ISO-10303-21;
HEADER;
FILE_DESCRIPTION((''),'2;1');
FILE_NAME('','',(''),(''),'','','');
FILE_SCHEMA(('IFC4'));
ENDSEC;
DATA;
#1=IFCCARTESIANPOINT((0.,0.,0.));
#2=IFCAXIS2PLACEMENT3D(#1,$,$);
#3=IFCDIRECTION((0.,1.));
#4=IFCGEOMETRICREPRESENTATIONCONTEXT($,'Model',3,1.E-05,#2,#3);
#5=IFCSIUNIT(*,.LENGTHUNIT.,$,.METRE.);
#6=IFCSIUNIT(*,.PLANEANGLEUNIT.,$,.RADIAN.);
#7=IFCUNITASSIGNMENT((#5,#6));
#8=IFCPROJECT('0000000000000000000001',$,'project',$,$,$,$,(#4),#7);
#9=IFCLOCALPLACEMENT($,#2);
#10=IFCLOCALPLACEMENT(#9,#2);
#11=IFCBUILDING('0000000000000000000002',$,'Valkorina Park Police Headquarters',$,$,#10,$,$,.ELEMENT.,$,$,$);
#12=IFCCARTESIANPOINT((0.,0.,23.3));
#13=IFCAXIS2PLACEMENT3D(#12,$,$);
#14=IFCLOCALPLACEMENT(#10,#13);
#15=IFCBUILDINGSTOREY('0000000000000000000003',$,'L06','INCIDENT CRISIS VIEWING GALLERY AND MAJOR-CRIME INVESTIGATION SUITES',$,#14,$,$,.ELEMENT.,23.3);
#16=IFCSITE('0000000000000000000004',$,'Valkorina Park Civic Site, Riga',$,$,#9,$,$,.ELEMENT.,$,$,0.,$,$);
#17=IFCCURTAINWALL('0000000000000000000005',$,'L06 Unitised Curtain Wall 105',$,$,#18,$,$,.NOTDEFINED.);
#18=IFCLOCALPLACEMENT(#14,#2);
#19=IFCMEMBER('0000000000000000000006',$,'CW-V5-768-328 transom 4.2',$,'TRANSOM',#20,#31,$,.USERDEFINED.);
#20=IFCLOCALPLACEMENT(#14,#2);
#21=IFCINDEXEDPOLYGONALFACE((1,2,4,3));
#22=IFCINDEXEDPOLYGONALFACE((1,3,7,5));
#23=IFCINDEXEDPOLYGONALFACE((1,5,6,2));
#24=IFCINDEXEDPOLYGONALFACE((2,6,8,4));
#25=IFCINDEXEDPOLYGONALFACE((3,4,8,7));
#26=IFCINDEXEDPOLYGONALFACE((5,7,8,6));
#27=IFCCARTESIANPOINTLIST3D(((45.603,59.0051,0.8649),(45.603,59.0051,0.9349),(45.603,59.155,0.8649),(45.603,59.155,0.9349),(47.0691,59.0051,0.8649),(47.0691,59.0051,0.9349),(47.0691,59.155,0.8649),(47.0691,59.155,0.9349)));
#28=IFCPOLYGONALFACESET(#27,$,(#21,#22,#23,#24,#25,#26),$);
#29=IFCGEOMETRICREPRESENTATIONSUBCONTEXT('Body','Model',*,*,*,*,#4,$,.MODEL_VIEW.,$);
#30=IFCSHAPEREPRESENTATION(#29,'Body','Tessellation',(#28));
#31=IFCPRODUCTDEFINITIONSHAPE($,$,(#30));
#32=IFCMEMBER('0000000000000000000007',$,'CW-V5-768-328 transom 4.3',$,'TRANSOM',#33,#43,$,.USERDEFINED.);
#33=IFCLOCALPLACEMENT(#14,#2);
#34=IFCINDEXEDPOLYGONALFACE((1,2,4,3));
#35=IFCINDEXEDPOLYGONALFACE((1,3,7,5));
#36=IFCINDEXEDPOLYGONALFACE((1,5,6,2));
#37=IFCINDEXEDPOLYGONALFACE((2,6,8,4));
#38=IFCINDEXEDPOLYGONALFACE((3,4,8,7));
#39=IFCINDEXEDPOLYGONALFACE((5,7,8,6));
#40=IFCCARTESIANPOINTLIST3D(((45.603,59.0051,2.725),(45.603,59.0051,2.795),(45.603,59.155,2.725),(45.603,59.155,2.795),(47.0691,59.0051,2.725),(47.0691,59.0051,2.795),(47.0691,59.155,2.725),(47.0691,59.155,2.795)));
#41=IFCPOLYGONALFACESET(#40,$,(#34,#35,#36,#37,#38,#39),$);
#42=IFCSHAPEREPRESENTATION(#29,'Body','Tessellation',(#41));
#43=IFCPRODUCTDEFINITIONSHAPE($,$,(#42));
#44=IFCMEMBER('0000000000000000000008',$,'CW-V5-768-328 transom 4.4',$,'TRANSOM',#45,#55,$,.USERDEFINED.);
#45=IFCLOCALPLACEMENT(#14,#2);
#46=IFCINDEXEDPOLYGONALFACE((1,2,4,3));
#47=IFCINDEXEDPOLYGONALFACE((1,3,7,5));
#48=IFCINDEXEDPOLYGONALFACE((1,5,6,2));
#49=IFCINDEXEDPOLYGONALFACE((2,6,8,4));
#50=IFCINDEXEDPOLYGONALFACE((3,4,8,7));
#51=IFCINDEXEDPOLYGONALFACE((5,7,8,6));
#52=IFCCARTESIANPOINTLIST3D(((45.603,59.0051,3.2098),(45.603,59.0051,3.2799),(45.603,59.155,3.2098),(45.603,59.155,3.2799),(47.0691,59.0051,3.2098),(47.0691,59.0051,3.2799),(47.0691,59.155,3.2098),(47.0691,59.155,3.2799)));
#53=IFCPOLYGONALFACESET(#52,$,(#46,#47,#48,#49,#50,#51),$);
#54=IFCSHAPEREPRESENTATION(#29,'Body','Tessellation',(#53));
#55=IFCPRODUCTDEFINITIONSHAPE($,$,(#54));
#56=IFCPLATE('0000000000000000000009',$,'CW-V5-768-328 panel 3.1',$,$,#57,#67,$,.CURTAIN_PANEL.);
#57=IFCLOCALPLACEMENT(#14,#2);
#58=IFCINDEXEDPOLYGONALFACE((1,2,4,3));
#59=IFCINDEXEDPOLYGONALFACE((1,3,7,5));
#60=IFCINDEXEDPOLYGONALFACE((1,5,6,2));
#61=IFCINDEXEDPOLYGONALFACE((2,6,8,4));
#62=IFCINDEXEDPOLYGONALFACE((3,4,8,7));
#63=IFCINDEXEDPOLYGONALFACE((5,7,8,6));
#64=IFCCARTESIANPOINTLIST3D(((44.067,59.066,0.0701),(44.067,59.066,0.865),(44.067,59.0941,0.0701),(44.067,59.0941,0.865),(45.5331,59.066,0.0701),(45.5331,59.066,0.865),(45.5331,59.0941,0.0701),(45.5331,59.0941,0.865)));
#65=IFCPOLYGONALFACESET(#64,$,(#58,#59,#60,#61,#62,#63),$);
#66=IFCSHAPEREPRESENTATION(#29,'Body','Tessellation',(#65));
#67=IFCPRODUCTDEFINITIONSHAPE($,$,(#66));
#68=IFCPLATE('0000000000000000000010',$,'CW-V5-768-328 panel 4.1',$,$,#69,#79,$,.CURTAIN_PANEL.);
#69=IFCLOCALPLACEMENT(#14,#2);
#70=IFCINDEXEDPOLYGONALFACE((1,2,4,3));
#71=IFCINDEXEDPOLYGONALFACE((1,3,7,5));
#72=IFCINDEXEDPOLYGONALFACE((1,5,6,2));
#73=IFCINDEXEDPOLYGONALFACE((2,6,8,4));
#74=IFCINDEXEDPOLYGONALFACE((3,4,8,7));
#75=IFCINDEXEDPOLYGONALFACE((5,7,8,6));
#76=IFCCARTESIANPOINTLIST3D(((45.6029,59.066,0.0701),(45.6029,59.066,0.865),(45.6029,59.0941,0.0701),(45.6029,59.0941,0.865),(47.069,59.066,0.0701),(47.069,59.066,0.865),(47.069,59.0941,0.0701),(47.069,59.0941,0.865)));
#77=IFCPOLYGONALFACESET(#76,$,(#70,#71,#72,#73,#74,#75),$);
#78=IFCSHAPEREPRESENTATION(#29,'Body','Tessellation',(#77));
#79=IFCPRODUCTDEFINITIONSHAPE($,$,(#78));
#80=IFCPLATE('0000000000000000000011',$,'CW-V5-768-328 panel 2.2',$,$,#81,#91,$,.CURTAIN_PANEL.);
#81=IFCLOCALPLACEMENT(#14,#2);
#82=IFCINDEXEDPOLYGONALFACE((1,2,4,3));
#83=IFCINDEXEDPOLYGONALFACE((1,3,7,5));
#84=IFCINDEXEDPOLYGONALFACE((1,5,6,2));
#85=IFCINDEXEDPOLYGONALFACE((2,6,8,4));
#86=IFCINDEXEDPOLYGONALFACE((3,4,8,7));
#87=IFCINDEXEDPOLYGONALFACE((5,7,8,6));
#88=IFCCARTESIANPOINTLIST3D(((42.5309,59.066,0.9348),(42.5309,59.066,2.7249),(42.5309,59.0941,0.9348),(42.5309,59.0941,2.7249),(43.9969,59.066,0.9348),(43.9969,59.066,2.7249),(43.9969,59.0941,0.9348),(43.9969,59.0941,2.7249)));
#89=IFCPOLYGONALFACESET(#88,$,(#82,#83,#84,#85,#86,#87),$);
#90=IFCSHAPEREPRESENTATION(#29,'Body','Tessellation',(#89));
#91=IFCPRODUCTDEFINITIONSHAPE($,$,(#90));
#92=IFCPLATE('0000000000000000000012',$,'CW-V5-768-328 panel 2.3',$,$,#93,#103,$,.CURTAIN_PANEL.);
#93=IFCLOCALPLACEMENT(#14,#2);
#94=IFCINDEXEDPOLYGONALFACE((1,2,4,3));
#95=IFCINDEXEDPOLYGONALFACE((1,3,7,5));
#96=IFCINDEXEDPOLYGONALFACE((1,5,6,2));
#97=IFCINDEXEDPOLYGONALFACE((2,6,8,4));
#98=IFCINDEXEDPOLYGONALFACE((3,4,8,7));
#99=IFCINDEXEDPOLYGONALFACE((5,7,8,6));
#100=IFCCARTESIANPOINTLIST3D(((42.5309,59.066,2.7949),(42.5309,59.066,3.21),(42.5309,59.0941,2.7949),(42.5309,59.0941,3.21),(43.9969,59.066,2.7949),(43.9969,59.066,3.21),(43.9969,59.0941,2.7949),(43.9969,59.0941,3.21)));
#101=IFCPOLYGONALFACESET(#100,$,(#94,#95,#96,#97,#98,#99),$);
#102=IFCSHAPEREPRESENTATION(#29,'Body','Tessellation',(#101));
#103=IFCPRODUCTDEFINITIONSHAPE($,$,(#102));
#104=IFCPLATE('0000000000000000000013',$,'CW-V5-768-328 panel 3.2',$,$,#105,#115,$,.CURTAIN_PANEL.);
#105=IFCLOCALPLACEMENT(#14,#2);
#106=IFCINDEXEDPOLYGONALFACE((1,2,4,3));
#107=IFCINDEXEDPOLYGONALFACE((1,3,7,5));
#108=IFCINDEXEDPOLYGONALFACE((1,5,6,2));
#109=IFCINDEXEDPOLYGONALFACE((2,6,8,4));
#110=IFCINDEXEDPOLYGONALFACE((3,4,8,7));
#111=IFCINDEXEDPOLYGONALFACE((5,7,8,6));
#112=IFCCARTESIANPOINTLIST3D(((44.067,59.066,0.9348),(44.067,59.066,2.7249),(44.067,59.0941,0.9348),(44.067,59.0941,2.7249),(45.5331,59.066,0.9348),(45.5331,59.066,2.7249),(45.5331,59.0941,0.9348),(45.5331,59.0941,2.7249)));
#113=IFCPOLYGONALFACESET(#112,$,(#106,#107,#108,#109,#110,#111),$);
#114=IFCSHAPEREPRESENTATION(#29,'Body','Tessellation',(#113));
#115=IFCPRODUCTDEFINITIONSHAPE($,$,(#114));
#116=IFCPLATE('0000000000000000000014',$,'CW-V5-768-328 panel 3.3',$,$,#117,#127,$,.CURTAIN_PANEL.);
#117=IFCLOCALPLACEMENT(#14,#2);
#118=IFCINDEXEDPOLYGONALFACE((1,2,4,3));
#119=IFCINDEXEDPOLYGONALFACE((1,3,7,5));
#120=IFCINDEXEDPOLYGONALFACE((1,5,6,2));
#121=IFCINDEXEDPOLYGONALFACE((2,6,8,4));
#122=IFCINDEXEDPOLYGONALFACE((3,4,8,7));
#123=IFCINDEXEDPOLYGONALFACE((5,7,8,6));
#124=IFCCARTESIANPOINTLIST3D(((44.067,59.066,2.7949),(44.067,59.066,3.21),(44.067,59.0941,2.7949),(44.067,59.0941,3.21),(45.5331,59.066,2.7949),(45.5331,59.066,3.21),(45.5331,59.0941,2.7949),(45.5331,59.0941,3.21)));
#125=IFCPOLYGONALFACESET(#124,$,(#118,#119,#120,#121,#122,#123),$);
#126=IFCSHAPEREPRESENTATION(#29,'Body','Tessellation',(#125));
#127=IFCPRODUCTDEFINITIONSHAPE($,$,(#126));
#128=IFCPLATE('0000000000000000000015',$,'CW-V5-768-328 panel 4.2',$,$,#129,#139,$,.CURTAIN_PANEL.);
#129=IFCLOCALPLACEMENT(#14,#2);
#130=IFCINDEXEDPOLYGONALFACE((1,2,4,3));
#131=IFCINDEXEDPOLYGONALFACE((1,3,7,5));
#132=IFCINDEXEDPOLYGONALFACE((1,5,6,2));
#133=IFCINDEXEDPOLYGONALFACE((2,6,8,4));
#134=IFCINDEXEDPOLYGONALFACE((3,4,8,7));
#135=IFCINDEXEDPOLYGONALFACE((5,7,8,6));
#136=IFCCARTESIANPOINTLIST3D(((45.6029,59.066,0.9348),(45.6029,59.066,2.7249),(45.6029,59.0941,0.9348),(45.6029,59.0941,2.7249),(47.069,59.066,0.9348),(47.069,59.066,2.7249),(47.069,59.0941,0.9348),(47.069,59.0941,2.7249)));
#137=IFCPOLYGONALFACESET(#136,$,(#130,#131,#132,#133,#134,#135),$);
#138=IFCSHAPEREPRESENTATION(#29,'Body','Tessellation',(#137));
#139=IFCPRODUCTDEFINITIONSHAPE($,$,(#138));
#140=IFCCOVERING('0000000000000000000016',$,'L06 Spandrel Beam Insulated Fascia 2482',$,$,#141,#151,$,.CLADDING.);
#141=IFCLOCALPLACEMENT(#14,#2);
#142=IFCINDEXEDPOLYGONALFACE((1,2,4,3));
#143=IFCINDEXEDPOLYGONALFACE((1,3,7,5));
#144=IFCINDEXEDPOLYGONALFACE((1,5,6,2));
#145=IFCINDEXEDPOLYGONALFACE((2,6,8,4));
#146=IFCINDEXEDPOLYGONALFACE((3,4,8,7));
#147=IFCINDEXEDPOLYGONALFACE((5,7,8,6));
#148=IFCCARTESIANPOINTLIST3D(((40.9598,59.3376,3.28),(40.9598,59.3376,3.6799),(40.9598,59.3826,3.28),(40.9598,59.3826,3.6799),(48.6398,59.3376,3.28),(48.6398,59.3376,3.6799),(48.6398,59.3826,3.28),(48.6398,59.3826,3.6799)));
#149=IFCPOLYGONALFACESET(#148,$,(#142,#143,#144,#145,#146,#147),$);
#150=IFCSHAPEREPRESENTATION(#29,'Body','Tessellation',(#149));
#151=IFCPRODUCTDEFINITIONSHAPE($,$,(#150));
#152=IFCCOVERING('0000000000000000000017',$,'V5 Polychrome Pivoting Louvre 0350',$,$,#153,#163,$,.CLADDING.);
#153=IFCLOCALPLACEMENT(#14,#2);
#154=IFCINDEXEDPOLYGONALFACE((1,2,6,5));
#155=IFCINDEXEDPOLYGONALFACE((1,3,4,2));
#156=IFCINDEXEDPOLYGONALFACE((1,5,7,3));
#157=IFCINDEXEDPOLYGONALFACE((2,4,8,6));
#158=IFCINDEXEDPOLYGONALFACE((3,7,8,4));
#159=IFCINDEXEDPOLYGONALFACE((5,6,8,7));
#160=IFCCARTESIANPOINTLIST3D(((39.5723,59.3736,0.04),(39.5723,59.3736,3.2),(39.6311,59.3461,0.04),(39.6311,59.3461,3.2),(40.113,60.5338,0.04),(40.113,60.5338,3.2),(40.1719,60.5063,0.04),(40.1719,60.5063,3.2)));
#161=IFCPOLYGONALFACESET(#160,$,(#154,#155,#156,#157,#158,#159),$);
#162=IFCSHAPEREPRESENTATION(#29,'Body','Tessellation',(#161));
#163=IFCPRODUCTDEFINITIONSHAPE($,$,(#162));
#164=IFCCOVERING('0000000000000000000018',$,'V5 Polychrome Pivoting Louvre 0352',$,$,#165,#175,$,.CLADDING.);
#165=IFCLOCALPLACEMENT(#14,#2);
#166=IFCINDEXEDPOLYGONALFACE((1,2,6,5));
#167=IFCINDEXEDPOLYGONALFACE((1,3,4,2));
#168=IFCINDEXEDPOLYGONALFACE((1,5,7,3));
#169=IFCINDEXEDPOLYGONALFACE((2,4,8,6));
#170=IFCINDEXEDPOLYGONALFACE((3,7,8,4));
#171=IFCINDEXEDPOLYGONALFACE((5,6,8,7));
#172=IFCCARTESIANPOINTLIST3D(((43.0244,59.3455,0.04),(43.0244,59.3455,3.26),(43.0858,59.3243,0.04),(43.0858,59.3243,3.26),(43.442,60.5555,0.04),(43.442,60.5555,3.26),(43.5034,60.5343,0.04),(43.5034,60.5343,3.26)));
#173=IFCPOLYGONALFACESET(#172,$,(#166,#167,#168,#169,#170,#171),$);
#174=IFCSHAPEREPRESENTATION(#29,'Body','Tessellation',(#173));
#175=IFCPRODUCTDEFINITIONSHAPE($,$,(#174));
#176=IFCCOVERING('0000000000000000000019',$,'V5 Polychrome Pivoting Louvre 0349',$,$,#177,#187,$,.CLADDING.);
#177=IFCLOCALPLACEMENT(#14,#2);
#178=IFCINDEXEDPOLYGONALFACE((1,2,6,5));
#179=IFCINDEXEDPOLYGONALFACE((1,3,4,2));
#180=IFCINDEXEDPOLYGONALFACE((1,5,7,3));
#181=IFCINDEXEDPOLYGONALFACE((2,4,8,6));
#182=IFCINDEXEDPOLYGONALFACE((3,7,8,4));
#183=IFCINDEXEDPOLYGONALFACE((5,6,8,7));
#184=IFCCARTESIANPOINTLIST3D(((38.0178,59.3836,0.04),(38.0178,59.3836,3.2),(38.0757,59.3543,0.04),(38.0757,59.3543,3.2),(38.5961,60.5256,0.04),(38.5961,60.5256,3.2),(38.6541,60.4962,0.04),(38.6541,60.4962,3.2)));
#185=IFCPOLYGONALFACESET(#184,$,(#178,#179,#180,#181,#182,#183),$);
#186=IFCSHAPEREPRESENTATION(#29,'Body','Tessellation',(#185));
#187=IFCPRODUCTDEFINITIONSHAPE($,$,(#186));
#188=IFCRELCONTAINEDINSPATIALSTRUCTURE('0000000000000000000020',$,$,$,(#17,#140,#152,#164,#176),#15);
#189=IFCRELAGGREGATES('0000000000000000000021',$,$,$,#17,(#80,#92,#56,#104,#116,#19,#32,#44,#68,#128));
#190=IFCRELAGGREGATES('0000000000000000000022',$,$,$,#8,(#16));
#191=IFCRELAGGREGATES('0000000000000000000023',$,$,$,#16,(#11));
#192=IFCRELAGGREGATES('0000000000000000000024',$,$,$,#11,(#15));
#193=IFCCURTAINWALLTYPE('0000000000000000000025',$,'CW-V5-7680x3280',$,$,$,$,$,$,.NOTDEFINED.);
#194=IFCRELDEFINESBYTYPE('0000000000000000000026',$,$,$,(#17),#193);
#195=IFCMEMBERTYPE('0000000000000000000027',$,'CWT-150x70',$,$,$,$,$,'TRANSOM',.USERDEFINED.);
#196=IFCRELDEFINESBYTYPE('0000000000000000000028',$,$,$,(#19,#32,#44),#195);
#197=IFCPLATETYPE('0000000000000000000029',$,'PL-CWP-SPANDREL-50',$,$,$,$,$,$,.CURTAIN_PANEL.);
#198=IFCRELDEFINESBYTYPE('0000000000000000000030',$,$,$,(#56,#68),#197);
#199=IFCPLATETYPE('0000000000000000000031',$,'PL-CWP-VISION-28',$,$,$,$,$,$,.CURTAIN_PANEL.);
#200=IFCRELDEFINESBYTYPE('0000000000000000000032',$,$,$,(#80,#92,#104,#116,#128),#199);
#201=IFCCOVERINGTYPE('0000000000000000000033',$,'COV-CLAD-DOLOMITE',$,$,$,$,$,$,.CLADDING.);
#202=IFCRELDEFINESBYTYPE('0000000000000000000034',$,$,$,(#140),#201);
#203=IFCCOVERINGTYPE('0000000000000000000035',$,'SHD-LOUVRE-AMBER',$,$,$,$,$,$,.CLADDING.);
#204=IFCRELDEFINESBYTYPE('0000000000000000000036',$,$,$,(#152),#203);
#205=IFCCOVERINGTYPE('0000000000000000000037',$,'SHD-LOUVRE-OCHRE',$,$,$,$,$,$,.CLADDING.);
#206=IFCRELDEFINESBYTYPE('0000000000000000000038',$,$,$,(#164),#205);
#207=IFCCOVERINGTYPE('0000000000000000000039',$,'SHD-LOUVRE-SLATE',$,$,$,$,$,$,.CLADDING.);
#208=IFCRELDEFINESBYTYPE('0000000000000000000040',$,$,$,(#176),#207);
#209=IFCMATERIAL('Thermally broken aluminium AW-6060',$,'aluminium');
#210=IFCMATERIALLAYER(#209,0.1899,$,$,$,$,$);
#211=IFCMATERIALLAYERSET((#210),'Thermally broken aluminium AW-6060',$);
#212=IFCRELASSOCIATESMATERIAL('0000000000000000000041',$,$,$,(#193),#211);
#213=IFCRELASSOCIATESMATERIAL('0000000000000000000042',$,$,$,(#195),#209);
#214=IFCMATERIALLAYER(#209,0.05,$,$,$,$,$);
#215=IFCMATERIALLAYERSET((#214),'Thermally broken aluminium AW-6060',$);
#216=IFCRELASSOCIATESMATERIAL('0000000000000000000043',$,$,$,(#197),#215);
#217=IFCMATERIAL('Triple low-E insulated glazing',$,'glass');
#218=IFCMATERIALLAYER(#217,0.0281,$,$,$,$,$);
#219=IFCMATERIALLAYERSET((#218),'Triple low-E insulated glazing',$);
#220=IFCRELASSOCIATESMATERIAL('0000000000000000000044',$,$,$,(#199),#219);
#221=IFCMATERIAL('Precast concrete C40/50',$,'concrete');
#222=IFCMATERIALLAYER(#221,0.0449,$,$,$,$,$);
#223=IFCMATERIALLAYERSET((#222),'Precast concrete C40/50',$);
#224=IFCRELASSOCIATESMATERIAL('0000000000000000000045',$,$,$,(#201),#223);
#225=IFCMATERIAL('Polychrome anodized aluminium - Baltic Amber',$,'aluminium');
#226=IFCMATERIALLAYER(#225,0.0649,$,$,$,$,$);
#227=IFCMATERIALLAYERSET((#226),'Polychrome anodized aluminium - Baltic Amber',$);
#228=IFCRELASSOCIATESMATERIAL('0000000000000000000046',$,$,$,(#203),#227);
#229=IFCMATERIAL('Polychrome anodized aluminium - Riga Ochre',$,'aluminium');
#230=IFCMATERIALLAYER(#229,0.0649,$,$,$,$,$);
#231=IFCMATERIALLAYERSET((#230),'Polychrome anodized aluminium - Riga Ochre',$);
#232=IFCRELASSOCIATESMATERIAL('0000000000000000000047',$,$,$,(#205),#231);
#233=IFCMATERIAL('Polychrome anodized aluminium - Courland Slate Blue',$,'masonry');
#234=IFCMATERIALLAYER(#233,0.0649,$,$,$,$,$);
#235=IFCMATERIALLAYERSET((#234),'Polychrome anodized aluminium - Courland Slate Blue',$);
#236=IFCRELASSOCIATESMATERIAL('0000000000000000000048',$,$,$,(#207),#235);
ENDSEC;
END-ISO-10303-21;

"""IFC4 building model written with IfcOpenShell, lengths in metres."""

from ifc_helpers import new_model, si_unit, direction, frame, frame_2d, origin, origin_2d, place, context, subcontext, project, spatial, rectangle, extrude, material, layer, layer_set, material_profile, profile_set, type_object, element, aggregate, save


model = new_model("IFC4")

# Units and contexts
model_context = context("Model", 3, precision=1e-05, world=origin(), true_north=direction((0.0, 1.0)))
body_context = subcontext(model_context, "Body", "Model", "MODEL_VIEW")
ifc_project = project(units=[si_unit("LENGTHUNIT", "METRE"), si_unit("PLANEANGLEUNIT", "RADIAN")], contexts=[model_context])

# Site, building, storey
site_placement = place(None, origin())
site = spatial("IfcSite", under=ifc_project, at=site_placement, Name="Valkorina Park Civic Site, Riga", CompositionType="ELEMENT", RefElevation=0.0)
building_placement = place(site_placement, origin())
building = spatial("IfcBuilding", under=site, at=building_placement, Name="Valkorina Park Police Headquarters", CompositionType="ELEMENT")
storey_placement = place(building_placement, frame((0.0, 0.0, 23.3)))
storey = spatial("IfcBuildingStorey", under=building, at=storey_placement, Name="L06", Description="INCIDENT CRISIS VIEWING GALLERY AND MAJOR-CRIME INVESTIGATION SUITES", CompositionType="ELEMENT", Elevation=23.3)

# Curtain wall, members, plates
ifc_material_1 = material(Name="Thermally broken aluminium AW-6060", Category="aluminium")
ifc_layer_1 = layer(ifc_material_1, 0.1899)
ifc_layer_set_1 = layer_set([ifc_layer_1], Name="Thermally broken aluminium AW-6060")
curtain_wall_type = type_object("IfcCurtainWallType", Name="CW-V5-7680x3280", PredefinedType="NOTDEFINED", material=ifc_layer_set_1)
curtain_wall_placement = place(storey_placement, origin())
curtain_wall = element("IfcCurtainWall", 1, at=curtain_wall_placement, inside=storey, type_object=curtain_wall_type, Name="L06 Unitised Curtain Wall 105", PredefinedType="NOTDEFINED")
ifc_material_profile_1 = material_profile(ifc_material_1, rectangle(XDim=0.1499, YDim=0.0701, at=origin_2d()), Name="CWT-02 150x70")
ifc_profile_set_1 = profile_set([ifc_material_profile_1], Name="Thermally broken aluminium AW-6060")
member_type_1 = type_object("IfcMemberType", Name="CWT-150x70", ElementType="TRANSOM", PredefinedType="USERDEFINED", material=ifc_profile_set_1)
member_1_placement = place(storey_placement, frame((45.603, 59.0801, 0.8999), z_axis=(1.0, 0.0, 0.0), x_axis=(0.0, 1.0, 0.0)))
member_1 = element("IfcMember", 2, at=member_1_placement, type_object=member_type_1, Name="CW-V5-768-328 transom 4.2", ObjectType="TRANSOM", PredefinedType="USERDEFINED", context=body_context, shape_type="SweptSolid", body=[
    extrude(rectangle(XDim=0.1499, YDim=0.0701, at=origin_2d()), origin(), (0.0, 0.0, 1.0), 1.4661),
])
member_2_placement = place(storey_placement, frame((45.603, 59.0801, 2.76), z_axis=(1.0, 0.0, 0.0), x_axis=(0.0, 1.0, 0.0)))
member_2 = element("IfcMember", 3, at=member_2_placement, type_object=member_type_1, Name="CW-V5-768-328 transom 4.3", ObjectType="TRANSOM", PredefinedType="USERDEFINED", context=body_context, shape_type="SweptSolid", body=[
    extrude(rectangle(XDim=0.1499, YDim=0.0701, at=origin_2d()), origin(), (0.0, 0.0, 1.0), 1.4661),
])
member_3_placement = place(storey_placement, frame((45.603, 59.0801, 3.2449), z_axis=(1.0, 0.0, 0.0), x_axis=(0.0, 1.0, 0.0)))
member_3 = element("IfcMember", 4, at=member_3_placement, type_object=member_type_1, Name="CW-V5-768-328 transom 4.4", ObjectType="TRANSOM", PredefinedType="USERDEFINED", context=body_context, shape_type="SweptSolid", body=[
    extrude(rectangle(XDim=0.1499, YDim=0.0701, at=origin_2d()), origin(), (0.0, 0.0, 1.0), 1.4661),
])
ifc_layer_2 = layer(ifc_material_1, 0.05)
ifc_layer_set_2 = layer_set([ifc_layer_2], Name="Thermally broken aluminium AW-6060")
plate_type_1 = type_object("IfcPlateType", Name="PL-CWP-SPANDREL-50", PredefinedType="CURTAIN_PANEL", material=ifc_layer_set_2)
plate_1_placement = place(storey_placement, frame((44.8, 59.0801, 0.0701), z_axis=(0.0, 0.0, 1.0), x_axis=(1.0, 0.0, 0.0)))
plate_1 = element("IfcPlate", 5, at=plate_1_placement, type_object=plate_type_1, Name="CW-V5-768-328 panel 3.1", PredefinedType="CURTAIN_PANEL", context=body_context, shape_type="SweptSolid", body=[
    extrude(rectangle(XDim=1.4661, YDim=0.0281, at=origin_2d()), origin(), (0.0, 0.0, 1.0), 0.7949),
])
plate_2_placement = place(storey_placement, frame((46.3359, 59.0801, 0.0701), z_axis=(0.0, 0.0, 1.0), x_axis=(1.0, 0.0, 0.0)))
plate_2 = element("IfcPlate", 6, at=plate_2_placement, type_object=plate_type_1, Name="CW-V5-768-328 panel 4.1", PredefinedType="CURTAIN_PANEL", context=body_context, shape_type="SweptSolid", body=[
    extrude(rectangle(XDim=1.4661, YDim=0.0281, at=origin_2d()), origin(), (0.0, 0.0, 1.0), 0.7949),
])
ifc_material_2 = material(Name="Triple low-E insulated glazing", Category="glass")
ifc_layer_3 = layer(ifc_material_2, 0.0281)
ifc_layer_set_3 = layer_set([ifc_layer_3], Name="Triple low-E insulated glazing")
plate_type_2 = type_object("IfcPlateType", Name="PL-CWP-VISION-28", PredefinedType="CURTAIN_PANEL", material=ifc_layer_set_3)
plate_3_placement = place(storey_placement, frame((43.2639, 59.0801, 0.9348), z_axis=(0.0, 0.0, 1.0), x_axis=(1.0, 0.0, 0.0)))
plate_3 = element("IfcPlate", 7, at=plate_3_placement, type_object=plate_type_2, Name="CW-V5-768-328 panel 2.2", PredefinedType="CURTAIN_PANEL", context=body_context, shape_type="SweptSolid", body=[
    extrude(rectangle(XDim=1.4661, YDim=0.0281, at=origin_2d()), origin(), (0.0, 0.0, 1.0), 1.79),
])
plate_4_placement = place(storey_placement, frame((43.2639, 59.0801, 2.7949), z_axis=(0.0, 0.0, 1.0), x_axis=(1.0, 0.0, 0.0)))
plate_4 = element("IfcPlate", 8, at=plate_4_placement, type_object=plate_type_2, Name="CW-V5-768-328 panel 2.3", PredefinedType="CURTAIN_PANEL", context=body_context, shape_type="SweptSolid", body=[
    extrude(rectangle(XDim=1.4661, YDim=0.0281, at=origin_2d()), origin(), (0.0, 0.0, 1.0), 0.415),
])
plate_5_placement = place(storey_placement, frame((44.8, 59.0801, 0.9348), z_axis=(0.0, 0.0, 1.0), x_axis=(1.0, 0.0, 0.0)))
plate_5 = element("IfcPlate", 9, at=plate_5_placement, type_object=plate_type_2, Name="CW-V5-768-328 panel 3.2", PredefinedType="CURTAIN_PANEL", context=body_context, shape_type="SweptSolid", body=[
    extrude(rectangle(XDim=1.4661, YDim=0.0281, at=origin_2d()), origin(), (0.0, 0.0, 1.0), 1.79),
])
plate_6_placement = place(storey_placement, frame((44.8, 59.0801, 2.7949), z_axis=(0.0, 0.0, 1.0), x_axis=(1.0, 0.0, 0.0)))
plate_6 = element("IfcPlate", 10, at=plate_6_placement, type_object=plate_type_2, Name="CW-V5-768-328 panel 3.3", PredefinedType="CURTAIN_PANEL", context=body_context, shape_type="SweptSolid", body=[
    extrude(rectangle(XDim=1.4661, YDim=0.0281, at=origin_2d()), origin(), (0.0, 0.0, 1.0), 0.415),
])
plate_7_placement = place(storey_placement, frame((46.3359, 59.0801, 0.9348), z_axis=(0.0, 0.0, 1.0), x_axis=(1.0, 0.0, 0.0)))
plate_7 = element("IfcPlate", 11, at=plate_7_placement, type_object=plate_type_2, Name="CW-V5-768-328 panel 4.2", PredefinedType="CURTAIN_PANEL", context=body_context, shape_type="SweptSolid", body=[
    extrude(rectangle(XDim=1.4661, YDim=0.0281, at=origin_2d()), origin(), (0.0, 0.0, 1.0), 1.79),
])
aggregate(curtain_wall, [plate_3, plate_4, plate_1, plate_5, plate_6, member_1, member_2, member_3, plate_2, plate_7])

# Coverings
ifc_material_3 = material(Name="Precast concrete C40/50", Category="concrete")
ifc_layer_4 = layer(ifc_material_3, 0.0449)
ifc_layer_set_4 = layer_set([ifc_layer_4], Name="Precast concrete C40/50")
covering_type_1 = type_object("IfcCoveringType", Name="COV-CLAD-DOLOMITE", PredefinedType="CLADDING", material=ifc_layer_set_4)
covering_1_placement = place(storey_placement, frame((40.96, 59.3601, 3.28), z_axis=(0.0, 0.0, 1.0), x_axis=(1.0, 0.0, 0.0)))
element("IfcCovering", 12, at=covering_1_placement, inside=storey, type_object=covering_type_1, Name="L06 Spandrel Beam Insulated Fascia 2482", PredefinedType="CLADDING", context=body_context, shape_type="SweptSolid", body=[
    extrude(rectangle(XDim=7.6799, YDim=0.0449, at=frame_2d((3.8398, 0.0))), origin(), (0.0, 0.0, 1.0), 0.3999),
])
ifc_material_4 = material(Name="Polychrome anodized aluminium - Baltic Amber", Category="aluminium")
ifc_layer_5 = layer(ifc_material_4, 0.0649)
ifc_layer_set_5 = layer_set([ifc_layer_5], Name="Polychrome anodized aluminium - Baltic Amber")
covering_type_2 = type_object("IfcCoveringType", Name="SHD-LOUVRE-AMBER", PredefinedType="CLADDING", material=ifc_layer_set_5)
covering_2_placement = place(storey_placement, frame((39.8721, 59.9399, 0.04), z_axis=(0.0, 0.0, 1.0), x_axis=(0.42246, 0.906382, 0.0)))
element("IfcCovering", 13, at=covering_2_placement, inside=storey, type_object=covering_type_2, Name="V5 Polychrome Pivoting Louvre 0350", PredefinedType="CLADDING", context=body_context, shape_type="SweptSolid", body=[
    extrude(rectangle(XDim=1.28, YDim=0.0649, at=origin_2d()), origin(), (0.0, 0.0, 1.0), 3.1599),
])
ifc_material_5 = material(Name="Polychrome anodized aluminium - Riga Ochre", Category="aluminium")
ifc_layer_6 = layer(ifc_material_5, 0.0649)
ifc_layer_set_6 = layer_set([ifc_layer_6], Name="Polychrome anodized aluminium - Riga Ochre")
covering_type_3 = type_object("IfcCoveringType", Name="SHD-LOUVRE-OCHRE", PredefinedType="CLADDING", material=ifc_layer_set_6)
covering_3_placement = place(storey_placement, frame((43.2639, 59.9399, 0.04), z_axis=(0.0, 0.0, 1.0), x_axis=(0.326228, 0.945291, 0.0)))
element("IfcCovering", 14, at=covering_3_placement, inside=storey, type_object=covering_type_3, Name="V5 Polychrome Pivoting Louvre 0352", PredefinedType="CLADDING", context=body_context, shape_type="SweptSolid", body=[
    extrude(rectangle(XDim=1.28, YDim=0.0649, at=origin_2d()), origin(), (0.0, 0.0, 1.0), 3.22),
])
ifc_material_6 = material(Name="Polychrome anodized aluminium - Courland Slate Blue", Category="masonry")
ifc_layer_7 = layer(ifc_material_6, 0.0649)
ifc_layer_set_7 = layer_set([ifc_layer_7], Name="Polychrome anodized aluminium - Courland Slate Blue")
covering_type_4 = type_object("IfcCoveringType", Name="SHD-LOUVRE-SLATE", PredefinedType="CLADDING", material=ifc_layer_set_7)
covering_4_placement = place(storey_placement, frame((38.3359, 59.9399, 0.04), z_axis=(0.0, 0.0, 1.0), x_axis=(0.451812, 0.892113, 0.0)))
element("IfcCovering", 15, at=covering_4_placement, inside=storey, type_object=covering_type_4, Name="V5 Polychrome Pivoting Louvre 0349", PredefinedType="CLADDING", context=body_context, shape_type="SweptSolid", body=[
    extrude(rectangle(XDim=1.28, YDim=0.0649, at=origin_2d()), origin(), (0.0, 0.0, 1.0), 3.1599),
])

save(model, "model.ifc")
